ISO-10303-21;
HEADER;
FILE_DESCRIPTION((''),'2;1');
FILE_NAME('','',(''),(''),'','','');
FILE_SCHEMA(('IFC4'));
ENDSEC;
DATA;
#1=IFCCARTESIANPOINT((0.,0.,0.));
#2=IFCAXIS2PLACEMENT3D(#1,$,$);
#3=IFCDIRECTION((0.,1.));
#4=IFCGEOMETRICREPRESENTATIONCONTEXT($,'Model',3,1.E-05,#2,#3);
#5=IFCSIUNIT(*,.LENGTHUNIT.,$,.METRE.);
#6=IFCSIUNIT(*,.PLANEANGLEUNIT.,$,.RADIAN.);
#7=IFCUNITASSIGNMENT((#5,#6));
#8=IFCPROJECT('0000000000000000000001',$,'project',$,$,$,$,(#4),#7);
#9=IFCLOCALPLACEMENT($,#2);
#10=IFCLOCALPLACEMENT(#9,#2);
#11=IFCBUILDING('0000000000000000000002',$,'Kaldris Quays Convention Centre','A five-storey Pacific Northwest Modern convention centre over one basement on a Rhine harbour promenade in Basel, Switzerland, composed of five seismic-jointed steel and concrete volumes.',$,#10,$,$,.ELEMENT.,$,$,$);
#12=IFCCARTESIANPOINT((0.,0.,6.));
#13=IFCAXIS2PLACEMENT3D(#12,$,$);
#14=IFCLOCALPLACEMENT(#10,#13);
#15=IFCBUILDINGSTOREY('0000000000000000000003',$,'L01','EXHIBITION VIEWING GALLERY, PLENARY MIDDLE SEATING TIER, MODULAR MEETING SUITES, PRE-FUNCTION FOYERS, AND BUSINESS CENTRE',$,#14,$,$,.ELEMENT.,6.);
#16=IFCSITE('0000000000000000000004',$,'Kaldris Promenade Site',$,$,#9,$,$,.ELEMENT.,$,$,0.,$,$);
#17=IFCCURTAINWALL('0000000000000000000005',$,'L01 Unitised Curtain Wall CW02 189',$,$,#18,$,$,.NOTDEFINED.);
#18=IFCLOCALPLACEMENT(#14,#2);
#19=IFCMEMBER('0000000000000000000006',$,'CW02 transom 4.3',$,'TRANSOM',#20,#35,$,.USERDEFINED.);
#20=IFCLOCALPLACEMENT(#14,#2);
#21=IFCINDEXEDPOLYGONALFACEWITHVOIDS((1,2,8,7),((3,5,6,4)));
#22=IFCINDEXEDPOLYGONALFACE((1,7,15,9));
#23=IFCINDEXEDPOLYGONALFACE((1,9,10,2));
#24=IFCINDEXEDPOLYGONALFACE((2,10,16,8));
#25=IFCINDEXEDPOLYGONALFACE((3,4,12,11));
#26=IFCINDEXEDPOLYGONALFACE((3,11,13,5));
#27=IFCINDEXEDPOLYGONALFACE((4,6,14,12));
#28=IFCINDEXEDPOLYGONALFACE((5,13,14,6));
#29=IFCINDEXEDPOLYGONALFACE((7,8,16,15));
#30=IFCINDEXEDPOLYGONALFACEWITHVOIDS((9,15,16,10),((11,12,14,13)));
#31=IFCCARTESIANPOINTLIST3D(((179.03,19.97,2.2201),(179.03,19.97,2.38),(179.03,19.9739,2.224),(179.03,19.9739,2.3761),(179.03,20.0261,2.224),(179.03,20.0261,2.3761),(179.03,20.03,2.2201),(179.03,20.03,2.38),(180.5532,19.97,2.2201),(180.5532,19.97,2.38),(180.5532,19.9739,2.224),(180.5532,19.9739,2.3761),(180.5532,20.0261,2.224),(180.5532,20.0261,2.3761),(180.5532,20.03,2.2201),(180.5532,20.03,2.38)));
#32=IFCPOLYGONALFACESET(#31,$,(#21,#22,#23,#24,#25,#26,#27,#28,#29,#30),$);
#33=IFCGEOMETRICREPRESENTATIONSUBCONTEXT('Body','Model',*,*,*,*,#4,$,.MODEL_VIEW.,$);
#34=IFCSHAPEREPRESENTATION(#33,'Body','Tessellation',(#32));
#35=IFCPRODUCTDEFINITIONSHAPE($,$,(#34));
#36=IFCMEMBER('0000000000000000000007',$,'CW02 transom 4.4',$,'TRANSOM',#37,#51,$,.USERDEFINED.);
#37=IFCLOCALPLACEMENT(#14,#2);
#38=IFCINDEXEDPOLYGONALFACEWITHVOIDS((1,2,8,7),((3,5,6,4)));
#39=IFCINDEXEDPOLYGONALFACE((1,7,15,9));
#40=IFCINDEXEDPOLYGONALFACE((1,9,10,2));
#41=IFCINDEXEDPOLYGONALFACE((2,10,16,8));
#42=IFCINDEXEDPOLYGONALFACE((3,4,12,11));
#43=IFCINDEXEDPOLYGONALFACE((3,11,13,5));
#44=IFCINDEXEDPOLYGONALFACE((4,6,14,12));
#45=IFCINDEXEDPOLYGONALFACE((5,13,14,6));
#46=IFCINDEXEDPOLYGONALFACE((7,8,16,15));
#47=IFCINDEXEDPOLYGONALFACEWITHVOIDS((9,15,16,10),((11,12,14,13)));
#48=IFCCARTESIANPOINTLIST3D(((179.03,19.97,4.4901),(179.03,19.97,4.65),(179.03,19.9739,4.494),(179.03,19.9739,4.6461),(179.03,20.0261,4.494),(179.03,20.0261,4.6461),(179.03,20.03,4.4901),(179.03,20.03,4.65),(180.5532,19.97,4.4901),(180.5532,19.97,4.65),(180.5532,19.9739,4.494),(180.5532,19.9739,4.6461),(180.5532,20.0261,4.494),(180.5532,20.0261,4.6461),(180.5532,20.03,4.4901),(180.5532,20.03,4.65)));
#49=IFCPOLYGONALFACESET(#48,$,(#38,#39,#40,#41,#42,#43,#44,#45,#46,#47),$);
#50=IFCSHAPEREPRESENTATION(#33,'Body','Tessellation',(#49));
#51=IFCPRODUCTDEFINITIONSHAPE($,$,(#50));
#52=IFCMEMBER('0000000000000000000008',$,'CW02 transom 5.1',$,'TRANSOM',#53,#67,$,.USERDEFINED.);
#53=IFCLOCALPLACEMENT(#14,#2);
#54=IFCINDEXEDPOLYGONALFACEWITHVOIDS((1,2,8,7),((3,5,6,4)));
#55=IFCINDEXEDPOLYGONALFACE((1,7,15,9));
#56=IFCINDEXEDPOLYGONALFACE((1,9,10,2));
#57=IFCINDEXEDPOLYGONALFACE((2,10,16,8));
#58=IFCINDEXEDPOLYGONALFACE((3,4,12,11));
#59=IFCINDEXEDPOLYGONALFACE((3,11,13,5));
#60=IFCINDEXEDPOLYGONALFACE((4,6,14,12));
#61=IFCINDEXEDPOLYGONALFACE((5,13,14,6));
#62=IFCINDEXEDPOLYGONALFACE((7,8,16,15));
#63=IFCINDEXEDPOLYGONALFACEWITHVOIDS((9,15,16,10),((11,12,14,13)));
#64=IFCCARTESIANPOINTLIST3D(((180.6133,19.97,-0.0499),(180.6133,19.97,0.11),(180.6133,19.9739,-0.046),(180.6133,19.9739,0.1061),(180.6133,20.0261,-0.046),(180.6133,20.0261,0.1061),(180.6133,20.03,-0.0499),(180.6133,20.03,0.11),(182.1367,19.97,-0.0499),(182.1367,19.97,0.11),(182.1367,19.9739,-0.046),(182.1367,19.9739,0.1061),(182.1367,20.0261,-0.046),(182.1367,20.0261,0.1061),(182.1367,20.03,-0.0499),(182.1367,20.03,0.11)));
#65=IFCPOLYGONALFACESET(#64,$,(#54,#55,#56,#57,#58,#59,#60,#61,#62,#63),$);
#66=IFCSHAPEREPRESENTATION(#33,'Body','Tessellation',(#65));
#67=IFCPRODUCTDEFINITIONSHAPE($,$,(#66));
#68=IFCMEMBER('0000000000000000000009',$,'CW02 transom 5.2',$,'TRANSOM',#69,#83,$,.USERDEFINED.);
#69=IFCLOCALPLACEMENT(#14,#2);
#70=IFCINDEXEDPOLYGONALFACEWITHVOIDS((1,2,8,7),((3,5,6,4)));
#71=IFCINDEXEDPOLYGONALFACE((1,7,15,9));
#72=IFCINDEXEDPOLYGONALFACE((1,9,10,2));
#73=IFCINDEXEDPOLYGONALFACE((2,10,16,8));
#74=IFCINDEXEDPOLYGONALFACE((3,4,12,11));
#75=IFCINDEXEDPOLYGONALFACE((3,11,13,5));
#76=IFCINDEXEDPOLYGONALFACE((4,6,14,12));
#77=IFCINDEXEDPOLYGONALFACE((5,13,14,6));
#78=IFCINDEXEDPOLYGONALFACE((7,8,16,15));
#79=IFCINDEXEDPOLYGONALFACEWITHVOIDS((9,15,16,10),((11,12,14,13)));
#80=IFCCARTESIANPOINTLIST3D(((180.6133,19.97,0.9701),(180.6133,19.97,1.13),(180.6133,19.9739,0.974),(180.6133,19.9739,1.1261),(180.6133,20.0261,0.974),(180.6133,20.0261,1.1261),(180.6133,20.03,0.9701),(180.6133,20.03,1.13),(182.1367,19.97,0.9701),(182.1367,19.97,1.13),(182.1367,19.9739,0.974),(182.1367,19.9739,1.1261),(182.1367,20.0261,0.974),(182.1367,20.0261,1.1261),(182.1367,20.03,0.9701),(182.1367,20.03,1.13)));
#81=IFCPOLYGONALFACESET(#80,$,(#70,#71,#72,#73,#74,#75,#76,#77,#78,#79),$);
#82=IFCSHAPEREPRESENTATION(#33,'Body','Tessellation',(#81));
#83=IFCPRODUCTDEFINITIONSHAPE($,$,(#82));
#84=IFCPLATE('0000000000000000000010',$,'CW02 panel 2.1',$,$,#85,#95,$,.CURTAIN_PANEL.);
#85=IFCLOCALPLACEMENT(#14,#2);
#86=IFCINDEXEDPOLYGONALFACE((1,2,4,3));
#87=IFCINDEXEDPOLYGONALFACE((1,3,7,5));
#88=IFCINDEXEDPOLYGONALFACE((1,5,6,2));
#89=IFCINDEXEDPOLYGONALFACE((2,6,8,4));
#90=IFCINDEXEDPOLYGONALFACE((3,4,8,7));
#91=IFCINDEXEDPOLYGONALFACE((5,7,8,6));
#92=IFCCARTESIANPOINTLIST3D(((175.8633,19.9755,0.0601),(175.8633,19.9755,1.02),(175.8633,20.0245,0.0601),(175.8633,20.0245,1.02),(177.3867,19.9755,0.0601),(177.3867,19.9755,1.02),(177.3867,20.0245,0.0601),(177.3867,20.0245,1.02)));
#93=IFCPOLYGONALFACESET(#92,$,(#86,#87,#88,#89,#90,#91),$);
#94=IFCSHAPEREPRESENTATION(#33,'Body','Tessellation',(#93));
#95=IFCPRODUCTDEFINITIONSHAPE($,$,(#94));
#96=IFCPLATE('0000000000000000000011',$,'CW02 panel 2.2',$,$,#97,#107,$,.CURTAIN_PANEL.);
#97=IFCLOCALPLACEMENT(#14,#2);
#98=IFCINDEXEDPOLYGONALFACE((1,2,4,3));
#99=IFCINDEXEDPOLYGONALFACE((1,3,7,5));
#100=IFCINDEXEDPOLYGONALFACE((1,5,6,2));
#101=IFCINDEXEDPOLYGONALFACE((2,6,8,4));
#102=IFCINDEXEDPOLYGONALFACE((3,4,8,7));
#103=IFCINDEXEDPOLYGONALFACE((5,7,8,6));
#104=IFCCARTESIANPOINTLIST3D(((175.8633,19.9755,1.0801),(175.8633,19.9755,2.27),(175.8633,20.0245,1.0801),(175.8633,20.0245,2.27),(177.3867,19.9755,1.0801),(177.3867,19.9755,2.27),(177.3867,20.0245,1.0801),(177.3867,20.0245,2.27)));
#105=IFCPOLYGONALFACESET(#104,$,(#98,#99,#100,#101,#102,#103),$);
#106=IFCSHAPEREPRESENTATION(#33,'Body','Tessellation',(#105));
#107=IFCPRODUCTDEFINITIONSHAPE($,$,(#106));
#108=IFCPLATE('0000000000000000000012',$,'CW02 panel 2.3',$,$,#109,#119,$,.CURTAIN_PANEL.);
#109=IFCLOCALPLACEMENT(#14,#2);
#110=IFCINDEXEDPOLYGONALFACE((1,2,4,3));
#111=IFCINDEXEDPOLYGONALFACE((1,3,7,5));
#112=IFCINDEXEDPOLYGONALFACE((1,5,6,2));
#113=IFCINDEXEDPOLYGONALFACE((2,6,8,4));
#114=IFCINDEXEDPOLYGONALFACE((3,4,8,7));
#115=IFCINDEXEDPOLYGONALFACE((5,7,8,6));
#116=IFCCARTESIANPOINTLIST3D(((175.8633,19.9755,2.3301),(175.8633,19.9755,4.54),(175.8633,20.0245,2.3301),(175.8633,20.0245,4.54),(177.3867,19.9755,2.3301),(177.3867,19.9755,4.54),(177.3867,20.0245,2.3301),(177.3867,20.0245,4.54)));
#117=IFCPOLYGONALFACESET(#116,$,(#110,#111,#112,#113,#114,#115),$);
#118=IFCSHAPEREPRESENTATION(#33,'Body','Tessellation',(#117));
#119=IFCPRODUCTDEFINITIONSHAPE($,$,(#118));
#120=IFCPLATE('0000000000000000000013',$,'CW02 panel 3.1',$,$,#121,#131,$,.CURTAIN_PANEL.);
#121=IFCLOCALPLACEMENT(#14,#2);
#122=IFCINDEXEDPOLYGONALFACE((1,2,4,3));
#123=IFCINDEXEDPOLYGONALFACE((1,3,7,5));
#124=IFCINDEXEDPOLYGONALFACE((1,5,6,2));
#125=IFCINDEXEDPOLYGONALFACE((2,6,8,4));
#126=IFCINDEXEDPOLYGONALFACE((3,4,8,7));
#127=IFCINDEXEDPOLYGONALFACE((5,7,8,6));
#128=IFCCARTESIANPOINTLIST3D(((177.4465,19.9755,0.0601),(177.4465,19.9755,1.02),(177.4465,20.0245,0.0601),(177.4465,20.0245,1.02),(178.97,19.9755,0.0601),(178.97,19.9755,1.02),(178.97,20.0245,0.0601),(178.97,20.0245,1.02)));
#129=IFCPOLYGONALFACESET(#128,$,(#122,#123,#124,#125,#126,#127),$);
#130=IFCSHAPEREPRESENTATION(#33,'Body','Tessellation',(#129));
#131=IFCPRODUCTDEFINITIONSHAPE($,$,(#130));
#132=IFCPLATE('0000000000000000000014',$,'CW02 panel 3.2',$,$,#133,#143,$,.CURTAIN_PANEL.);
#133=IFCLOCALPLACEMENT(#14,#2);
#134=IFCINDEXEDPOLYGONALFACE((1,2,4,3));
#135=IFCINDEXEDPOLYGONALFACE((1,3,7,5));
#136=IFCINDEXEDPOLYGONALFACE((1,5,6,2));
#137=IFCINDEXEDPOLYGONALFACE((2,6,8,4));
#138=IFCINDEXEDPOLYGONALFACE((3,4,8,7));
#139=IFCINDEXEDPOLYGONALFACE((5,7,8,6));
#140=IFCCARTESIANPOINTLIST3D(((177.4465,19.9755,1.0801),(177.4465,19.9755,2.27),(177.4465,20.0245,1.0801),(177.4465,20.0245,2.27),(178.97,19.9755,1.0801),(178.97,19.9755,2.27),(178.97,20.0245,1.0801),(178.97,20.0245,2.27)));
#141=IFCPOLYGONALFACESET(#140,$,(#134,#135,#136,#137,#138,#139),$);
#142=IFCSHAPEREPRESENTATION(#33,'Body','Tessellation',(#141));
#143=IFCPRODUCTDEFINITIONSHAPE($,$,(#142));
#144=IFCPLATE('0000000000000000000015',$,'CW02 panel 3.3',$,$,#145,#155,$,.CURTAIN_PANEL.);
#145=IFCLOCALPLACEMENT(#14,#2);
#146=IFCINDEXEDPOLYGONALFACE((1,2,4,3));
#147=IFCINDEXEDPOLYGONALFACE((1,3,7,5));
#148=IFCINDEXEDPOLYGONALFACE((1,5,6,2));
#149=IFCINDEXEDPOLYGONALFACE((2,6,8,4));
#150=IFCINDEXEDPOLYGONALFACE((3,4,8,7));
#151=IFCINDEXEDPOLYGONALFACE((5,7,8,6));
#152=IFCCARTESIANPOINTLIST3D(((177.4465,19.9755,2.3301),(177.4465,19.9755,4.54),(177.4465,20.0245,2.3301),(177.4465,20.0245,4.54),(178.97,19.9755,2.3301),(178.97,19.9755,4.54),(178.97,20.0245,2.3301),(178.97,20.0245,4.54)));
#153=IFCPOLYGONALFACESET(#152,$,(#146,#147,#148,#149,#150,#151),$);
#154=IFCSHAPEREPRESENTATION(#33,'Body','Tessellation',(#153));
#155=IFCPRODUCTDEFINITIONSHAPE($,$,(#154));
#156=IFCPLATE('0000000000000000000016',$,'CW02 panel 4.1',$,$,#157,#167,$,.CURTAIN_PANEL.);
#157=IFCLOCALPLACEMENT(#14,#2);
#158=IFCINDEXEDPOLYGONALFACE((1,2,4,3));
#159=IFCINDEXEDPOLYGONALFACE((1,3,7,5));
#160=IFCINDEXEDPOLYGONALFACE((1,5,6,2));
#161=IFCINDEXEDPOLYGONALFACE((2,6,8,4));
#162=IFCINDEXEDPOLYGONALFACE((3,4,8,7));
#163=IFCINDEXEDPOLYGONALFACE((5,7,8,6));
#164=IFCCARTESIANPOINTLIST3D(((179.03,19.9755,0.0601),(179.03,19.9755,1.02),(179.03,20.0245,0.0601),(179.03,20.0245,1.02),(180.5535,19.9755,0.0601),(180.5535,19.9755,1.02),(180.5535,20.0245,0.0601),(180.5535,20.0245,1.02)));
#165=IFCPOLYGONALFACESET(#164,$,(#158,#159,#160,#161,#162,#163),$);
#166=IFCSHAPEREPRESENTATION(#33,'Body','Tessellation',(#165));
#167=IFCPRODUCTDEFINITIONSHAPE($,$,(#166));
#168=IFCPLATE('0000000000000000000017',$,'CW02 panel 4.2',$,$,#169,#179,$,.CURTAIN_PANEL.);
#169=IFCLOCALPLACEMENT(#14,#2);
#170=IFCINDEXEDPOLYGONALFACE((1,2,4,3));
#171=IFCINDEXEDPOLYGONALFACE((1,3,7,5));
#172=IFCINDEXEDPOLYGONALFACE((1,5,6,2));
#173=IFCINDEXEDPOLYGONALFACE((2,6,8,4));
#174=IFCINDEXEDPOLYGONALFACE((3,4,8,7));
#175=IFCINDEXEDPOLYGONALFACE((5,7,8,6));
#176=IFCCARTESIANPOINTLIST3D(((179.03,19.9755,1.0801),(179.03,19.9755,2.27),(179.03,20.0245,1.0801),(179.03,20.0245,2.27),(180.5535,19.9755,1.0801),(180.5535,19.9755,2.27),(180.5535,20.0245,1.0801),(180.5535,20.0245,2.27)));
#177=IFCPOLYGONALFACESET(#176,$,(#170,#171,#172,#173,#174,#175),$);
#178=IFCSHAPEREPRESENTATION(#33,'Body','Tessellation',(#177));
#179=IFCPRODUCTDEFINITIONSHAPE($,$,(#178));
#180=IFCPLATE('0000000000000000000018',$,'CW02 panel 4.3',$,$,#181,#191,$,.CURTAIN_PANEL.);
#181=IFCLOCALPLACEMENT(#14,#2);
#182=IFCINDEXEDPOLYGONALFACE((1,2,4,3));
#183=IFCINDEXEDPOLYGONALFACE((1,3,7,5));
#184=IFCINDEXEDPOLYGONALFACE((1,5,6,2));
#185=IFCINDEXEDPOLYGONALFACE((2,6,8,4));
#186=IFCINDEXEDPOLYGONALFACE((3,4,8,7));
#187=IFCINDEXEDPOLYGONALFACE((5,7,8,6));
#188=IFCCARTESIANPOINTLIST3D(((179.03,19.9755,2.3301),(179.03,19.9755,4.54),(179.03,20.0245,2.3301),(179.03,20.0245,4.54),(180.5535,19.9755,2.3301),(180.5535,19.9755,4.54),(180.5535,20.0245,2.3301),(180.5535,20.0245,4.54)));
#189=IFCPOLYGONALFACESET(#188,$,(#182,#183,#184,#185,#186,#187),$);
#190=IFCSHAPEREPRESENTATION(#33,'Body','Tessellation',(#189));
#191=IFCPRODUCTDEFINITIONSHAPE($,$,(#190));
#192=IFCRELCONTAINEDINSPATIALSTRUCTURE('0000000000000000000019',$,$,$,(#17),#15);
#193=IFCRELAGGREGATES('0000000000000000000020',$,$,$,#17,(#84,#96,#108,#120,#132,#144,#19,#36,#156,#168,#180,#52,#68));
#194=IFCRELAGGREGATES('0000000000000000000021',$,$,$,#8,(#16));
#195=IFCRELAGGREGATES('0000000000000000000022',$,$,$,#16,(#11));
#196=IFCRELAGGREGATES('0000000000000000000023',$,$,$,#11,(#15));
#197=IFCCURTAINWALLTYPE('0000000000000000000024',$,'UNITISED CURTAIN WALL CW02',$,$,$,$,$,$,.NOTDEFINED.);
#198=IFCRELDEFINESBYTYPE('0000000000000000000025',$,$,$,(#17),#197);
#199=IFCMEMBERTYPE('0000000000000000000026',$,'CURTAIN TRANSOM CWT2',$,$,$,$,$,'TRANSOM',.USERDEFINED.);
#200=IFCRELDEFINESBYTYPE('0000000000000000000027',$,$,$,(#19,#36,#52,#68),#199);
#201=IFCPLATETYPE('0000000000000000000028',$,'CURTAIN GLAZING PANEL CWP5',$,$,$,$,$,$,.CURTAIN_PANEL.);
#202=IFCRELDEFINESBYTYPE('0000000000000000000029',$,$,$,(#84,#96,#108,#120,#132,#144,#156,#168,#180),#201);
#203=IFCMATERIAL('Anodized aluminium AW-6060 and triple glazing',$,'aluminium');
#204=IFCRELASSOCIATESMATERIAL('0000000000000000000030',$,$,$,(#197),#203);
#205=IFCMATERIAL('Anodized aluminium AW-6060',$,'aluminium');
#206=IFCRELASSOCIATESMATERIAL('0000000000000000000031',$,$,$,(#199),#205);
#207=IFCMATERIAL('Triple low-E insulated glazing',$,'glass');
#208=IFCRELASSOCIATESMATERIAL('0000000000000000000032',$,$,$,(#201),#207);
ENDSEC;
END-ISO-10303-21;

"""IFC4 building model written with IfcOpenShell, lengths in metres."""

from ifc_helpers import new_model, si_unit, direction, frame, origin, origin_2d, place, context, subcontext, project, spatial, rectangle, hollow_rectangle, extrude, material, material_profile, profile_set, type_object, element, aggregate, save


model = new_model("IFC4")

# Units and contexts
model_context = context("Model", 3, precision=1e-05, world=origin(), true_north=direction((0.0, 1.0)))
body_context = subcontext(model_context, "Body", "Model", "MODEL_VIEW")
ifc_project = project(units=[si_unit("LENGTHUNIT", "METRE"), si_unit("PLANEANGLEUNIT", "RADIAN")], contexts=[model_context])

# Site, building, storey
site_placement = place(None, origin())
site = spatial("IfcSite", under=ifc_project, at=site_placement, Name="Kaldris Promenade Site", CompositionType="ELEMENT", RefElevation=0.0)
building_placement = place(site_placement, origin())
building = spatial("IfcBuilding", under=site, at=building_placement, Name="Kaldris Quays Convention Centre", Description="A five-storey Pacific Northwest Modern convention centre over one basement on a Rhine harbour promenade in Basel, Switzerland, composed of five seismic-jointed steel and concrete volumes.", CompositionType="ELEMENT")
storey_placement = place(building_placement, frame((0.0, 0.0, 6.0)))
storey = spatial("IfcBuildingStorey", under=building, at=storey_placement, Name="L01", Description="EXHIBITION VIEWING GALLERY, PLENARY MIDDLE SEATING TIER, MODULAR MEETING SUITES, PRE-FUNCTION FOYERS, AND BUSINESS CENTRE", CompositionType="ELEMENT", Elevation=6.0)

# Curtain wall, members, plates
ifc_material_1 = material(Name="Anodized aluminium AW-6060 and triple glazing", Category="aluminium")
curtain_wall_type = type_object("IfcCurtainWallType", Name="UNITISED CURTAIN WALL CW02", PredefinedType="NOTDEFINED", material=ifc_material_1)
curtain_wall_placement = place(storey_placement, origin())
curtain_wall = element("IfcCurtainWall", 1, at=curtain_wall_placement, inside=storey, type_object=curtain_wall_type, Name="L01 Unitised Curtain Wall CW02 189", PredefinedType="NOTDEFINED")
ifc_material_2 = material(Name="Anodized aluminium AW-6060", Category="aluminium")
ifc_material_profile_1 = material_profile(ifc_material_2, hollow_rectangle(XDim=0.0601, YDim=0.1599, WallThickness=0.0039, at=origin_2d()), Name="RHS 160x60x4")
ifc_profile_set_1 = profile_set([ifc_material_profile_1], Name="Anodized aluminium AW-6060")
member_type_1 = type_object("IfcMemberType", Name="CURTAIN TRANSOM CWT2", ElementType="TRANSOM", PredefinedType="USERDEFINED", material=ifc_profile_set_1)
member_1_placement = place(storey_placement, frame((179.03, 20.0, 2.3), z_axis=(1.0, 0.0, 0.0), x_axis=(0.0, 1.0, 0.0)))
member_1 = element("IfcMember", 2, at=member_1_placement, type_object=member_type_1, Name="CW02 transom 4.3", ObjectType="TRANSOM", PredefinedType="USERDEFINED", context=body_context, shape_type="SweptSolid", body=[
    extrude(hollow_rectangle(XDim=0.0601, YDim=0.1599, WallThickness=0.0039, at=origin_2d()), origin(), (0.0, 0.0, 1.0), 1.5232),
])
member_2_placement = place(storey_placement, frame((179.03, 20.0, 4.5701), z_axis=(1.0, 0.0, 0.0), x_axis=(0.0, 1.0, 0.0)))
member_2 = element("IfcMember", 3, at=member_2_placement, type_object=member_type_1, Name="CW02 transom 4.4", ObjectType="TRANSOM", PredefinedType="USERDEFINED", context=body_context, shape_type="SweptSolid", body=[
    extrude(hollow_rectangle(XDim=0.0601, YDim=0.1599, WallThickness=0.0039, at=origin_2d()), origin(), (0.0, 0.0, 1.0), 1.5232),
])
member_3_placement = place(storey_placement, frame((180.6133, 20.0, 0.03), z_axis=(1.0, 0.0, 0.0), x_axis=(0.0, 1.0, 0.0)))
member_3 = element("IfcMember", 4, at=member_3_placement, type_object=member_type_1, Name="CW02 transom 5.1", ObjectType="TRANSOM", PredefinedType="USERDEFINED", context=body_context, shape_type="SweptSolid", body=[
    extrude(hollow_rectangle(XDim=0.0601, YDim=0.1599, WallThickness=0.0039, at=origin_2d()), origin(), (0.0, 0.0, 1.0), 1.5234),
])
member_4_placement = place(storey_placement, frame((180.6133, 20.0, 1.05), z_axis=(1.0, 0.0, 0.0), x_axis=(0.0, 1.0, 0.0)))
member_4 = element("IfcMember", 5, at=member_4_placement, type_object=member_type_1, Name="CW02 transom 5.2", ObjectType="TRANSOM", PredefinedType="USERDEFINED", context=body_context, shape_type="SweptSolid", body=[
    extrude(hollow_rectangle(XDim=0.0601, YDim=0.1599, WallThickness=0.0039, at=origin_2d()), origin(), (0.0, 0.0, 1.0), 1.5234),
])
ifc_material_3 = material(Name="Triple low-E insulated glazing", Category="glass")
plate_type = type_object("IfcPlateType", Name="CURTAIN GLAZING PANEL CWP5", PredefinedType="CURTAIN_PANEL", material=ifc_material_3)
plate_1_placement = place(storey_placement, frame((176.625, 20.0, 0.0601), z_axis=(0.0, 0.0, 1.0), x_axis=(1.0, 0.0, 0.0)))
plate_1 = element("IfcPlate", 6, at=plate_1_placement, type_object=plate_type, Name="CW02 panel 2.1", PredefinedType="CURTAIN_PANEL", context=body_context, shape_type="SweptSolid", body=[
    extrude(rectangle(XDim=1.5234, YDim=0.0491, at=origin_2d()), origin(), (0.0, 0.0, 1.0), 0.96),
])
plate_2_placement = place(storey_placement, frame((176.625, 20.0, 1.0801), z_axis=(0.0, 0.0, 1.0), x_axis=(1.0, 0.0, 0.0)))
plate_2 = element("IfcPlate", 7, at=plate_2_placement, type_object=plate_type, Name="CW02 panel 2.2", PredefinedType="CURTAIN_PANEL", context=body_context, shape_type="SweptSolid", body=[
    extrude(rectangle(XDim=1.5234, YDim=0.0491, at=origin_2d()), origin(), (0.0, 0.0, 1.0), 1.1899),
])
plate_3_placement = place(storey_placement, frame((176.625, 20.0, 2.3301), z_axis=(0.0, 0.0, 1.0), x_axis=(1.0, 0.0, 0.0)))
plate_3 = element("IfcPlate", 8, at=plate_3_placement, type_object=plate_type, Name="CW02 panel 2.3", PredefinedType="CURTAIN_PANEL", context=body_context, shape_type="SweptSolid", body=[
    extrude(rectangle(XDim=1.5234, YDim=0.0491, at=origin_2d()), origin(), (0.0, 0.0, 1.0), 2.21),
])
plate_4_placement = place(storey_placement, frame((178.2083, 20.0, 0.0601), z_axis=(0.0, 0.0, 1.0), x_axis=(1.0, 0.0, 0.0)))
plate_4 = element("IfcPlate", 9, at=plate_4_placement, type_object=plate_type, Name="CW02 panel 3.1", PredefinedType="CURTAIN_PANEL", context=body_context, shape_type="SweptSolid", body=[
    extrude(rectangle(XDim=1.5234, YDim=0.0491, at=origin_2d()), origin(), (0.0, 0.0, 1.0), 0.96),
])
plate_5_placement = place(storey_placement, frame((178.2083, 20.0, 1.0801), z_axis=(0.0, 0.0, 1.0), x_axis=(1.0, 0.0, 0.0)))
plate_5 = element("IfcPlate", 10, at=plate_5_placement, type_object=plate_type, Name="CW02 panel 3.2", PredefinedType="CURTAIN_PANEL", context=body_context, shape_type="SweptSolid", body=[
    extrude(rectangle(XDim=1.5234, YDim=0.0491, at=origin_2d()), origin(), (0.0, 0.0, 1.0), 1.1899),
])
plate_6_placement = place(storey_placement, frame((178.2083, 20.0, 2.3301), z_axis=(0.0, 0.0, 1.0), x_axis=(1.0, 0.0, 0.0)))
plate_6 = element("IfcPlate", 11, at=plate_6_placement, type_object=plate_type, Name="CW02 panel 3.3", PredefinedType="CURTAIN_PANEL", context=body_context, shape_type="SweptSolid", body=[
    extrude(rectangle(XDim=1.5234, YDim=0.0491, at=origin_2d()), origin(), (0.0, 0.0, 1.0), 2.21),
])
plate_7_placement = place(storey_placement, frame((179.7917, 20.0, 0.0601), z_axis=(0.0, 0.0, 1.0), x_axis=(1.0, 0.0, 0.0)))
plate_7 = element("IfcPlate", 12, at=plate_7_placement, type_object=plate_type, Name="CW02 panel 4.1", PredefinedType="CURTAIN_PANEL", context=body_context, shape_type="SweptSolid", body=[
    extrude(rectangle(XDim=1.5234, YDim=0.0491, at=origin_2d()), origin(), (0.0, 0.0, 1.0), 0.96),
])
plate_8_placement = place(storey_placement, frame((179.7917, 20.0, 1.0801), z_axis=(0.0, 0.0, 1.0), x_axis=(1.0, 0.0, 0.0)))
plate_8 = element("IfcPlate", 13, at=plate_8_placement, type_object=plate_type, Name="CW02 panel 4.2", PredefinedType="CURTAIN_PANEL", context=body_context, shape_type="SweptSolid", body=[
    extrude(rectangle(XDim=1.5234, YDim=0.0491, at=origin_2d()), origin(), (0.0, 0.0, 1.0), 1.1899),
])
plate_9_placement = place(storey_placement, frame((179.7917, 20.0, 2.3301), z_axis=(0.0, 0.0, 1.0), x_axis=(1.0, 0.0, 0.0)))
plate_9 = element("IfcPlate", 14, at=plate_9_placement, type_object=plate_type, Name="CW02 panel 4.3", PredefinedType="CURTAIN_PANEL", context=body_context, shape_type="SweptSolid", body=[
    extrude(rectangle(XDim=1.5234, YDim=0.0491, at=origin_2d()), origin(), (0.0, 0.0, 1.0), 2.21),
])
aggregate(curtain_wall, [plate_1, plate_2, plate_3, plate_4, plate_5, plate_6, member_1, member_2, plate_7, plate_8, plate_9, member_3, member_4])

save(model, "model.ifc")
